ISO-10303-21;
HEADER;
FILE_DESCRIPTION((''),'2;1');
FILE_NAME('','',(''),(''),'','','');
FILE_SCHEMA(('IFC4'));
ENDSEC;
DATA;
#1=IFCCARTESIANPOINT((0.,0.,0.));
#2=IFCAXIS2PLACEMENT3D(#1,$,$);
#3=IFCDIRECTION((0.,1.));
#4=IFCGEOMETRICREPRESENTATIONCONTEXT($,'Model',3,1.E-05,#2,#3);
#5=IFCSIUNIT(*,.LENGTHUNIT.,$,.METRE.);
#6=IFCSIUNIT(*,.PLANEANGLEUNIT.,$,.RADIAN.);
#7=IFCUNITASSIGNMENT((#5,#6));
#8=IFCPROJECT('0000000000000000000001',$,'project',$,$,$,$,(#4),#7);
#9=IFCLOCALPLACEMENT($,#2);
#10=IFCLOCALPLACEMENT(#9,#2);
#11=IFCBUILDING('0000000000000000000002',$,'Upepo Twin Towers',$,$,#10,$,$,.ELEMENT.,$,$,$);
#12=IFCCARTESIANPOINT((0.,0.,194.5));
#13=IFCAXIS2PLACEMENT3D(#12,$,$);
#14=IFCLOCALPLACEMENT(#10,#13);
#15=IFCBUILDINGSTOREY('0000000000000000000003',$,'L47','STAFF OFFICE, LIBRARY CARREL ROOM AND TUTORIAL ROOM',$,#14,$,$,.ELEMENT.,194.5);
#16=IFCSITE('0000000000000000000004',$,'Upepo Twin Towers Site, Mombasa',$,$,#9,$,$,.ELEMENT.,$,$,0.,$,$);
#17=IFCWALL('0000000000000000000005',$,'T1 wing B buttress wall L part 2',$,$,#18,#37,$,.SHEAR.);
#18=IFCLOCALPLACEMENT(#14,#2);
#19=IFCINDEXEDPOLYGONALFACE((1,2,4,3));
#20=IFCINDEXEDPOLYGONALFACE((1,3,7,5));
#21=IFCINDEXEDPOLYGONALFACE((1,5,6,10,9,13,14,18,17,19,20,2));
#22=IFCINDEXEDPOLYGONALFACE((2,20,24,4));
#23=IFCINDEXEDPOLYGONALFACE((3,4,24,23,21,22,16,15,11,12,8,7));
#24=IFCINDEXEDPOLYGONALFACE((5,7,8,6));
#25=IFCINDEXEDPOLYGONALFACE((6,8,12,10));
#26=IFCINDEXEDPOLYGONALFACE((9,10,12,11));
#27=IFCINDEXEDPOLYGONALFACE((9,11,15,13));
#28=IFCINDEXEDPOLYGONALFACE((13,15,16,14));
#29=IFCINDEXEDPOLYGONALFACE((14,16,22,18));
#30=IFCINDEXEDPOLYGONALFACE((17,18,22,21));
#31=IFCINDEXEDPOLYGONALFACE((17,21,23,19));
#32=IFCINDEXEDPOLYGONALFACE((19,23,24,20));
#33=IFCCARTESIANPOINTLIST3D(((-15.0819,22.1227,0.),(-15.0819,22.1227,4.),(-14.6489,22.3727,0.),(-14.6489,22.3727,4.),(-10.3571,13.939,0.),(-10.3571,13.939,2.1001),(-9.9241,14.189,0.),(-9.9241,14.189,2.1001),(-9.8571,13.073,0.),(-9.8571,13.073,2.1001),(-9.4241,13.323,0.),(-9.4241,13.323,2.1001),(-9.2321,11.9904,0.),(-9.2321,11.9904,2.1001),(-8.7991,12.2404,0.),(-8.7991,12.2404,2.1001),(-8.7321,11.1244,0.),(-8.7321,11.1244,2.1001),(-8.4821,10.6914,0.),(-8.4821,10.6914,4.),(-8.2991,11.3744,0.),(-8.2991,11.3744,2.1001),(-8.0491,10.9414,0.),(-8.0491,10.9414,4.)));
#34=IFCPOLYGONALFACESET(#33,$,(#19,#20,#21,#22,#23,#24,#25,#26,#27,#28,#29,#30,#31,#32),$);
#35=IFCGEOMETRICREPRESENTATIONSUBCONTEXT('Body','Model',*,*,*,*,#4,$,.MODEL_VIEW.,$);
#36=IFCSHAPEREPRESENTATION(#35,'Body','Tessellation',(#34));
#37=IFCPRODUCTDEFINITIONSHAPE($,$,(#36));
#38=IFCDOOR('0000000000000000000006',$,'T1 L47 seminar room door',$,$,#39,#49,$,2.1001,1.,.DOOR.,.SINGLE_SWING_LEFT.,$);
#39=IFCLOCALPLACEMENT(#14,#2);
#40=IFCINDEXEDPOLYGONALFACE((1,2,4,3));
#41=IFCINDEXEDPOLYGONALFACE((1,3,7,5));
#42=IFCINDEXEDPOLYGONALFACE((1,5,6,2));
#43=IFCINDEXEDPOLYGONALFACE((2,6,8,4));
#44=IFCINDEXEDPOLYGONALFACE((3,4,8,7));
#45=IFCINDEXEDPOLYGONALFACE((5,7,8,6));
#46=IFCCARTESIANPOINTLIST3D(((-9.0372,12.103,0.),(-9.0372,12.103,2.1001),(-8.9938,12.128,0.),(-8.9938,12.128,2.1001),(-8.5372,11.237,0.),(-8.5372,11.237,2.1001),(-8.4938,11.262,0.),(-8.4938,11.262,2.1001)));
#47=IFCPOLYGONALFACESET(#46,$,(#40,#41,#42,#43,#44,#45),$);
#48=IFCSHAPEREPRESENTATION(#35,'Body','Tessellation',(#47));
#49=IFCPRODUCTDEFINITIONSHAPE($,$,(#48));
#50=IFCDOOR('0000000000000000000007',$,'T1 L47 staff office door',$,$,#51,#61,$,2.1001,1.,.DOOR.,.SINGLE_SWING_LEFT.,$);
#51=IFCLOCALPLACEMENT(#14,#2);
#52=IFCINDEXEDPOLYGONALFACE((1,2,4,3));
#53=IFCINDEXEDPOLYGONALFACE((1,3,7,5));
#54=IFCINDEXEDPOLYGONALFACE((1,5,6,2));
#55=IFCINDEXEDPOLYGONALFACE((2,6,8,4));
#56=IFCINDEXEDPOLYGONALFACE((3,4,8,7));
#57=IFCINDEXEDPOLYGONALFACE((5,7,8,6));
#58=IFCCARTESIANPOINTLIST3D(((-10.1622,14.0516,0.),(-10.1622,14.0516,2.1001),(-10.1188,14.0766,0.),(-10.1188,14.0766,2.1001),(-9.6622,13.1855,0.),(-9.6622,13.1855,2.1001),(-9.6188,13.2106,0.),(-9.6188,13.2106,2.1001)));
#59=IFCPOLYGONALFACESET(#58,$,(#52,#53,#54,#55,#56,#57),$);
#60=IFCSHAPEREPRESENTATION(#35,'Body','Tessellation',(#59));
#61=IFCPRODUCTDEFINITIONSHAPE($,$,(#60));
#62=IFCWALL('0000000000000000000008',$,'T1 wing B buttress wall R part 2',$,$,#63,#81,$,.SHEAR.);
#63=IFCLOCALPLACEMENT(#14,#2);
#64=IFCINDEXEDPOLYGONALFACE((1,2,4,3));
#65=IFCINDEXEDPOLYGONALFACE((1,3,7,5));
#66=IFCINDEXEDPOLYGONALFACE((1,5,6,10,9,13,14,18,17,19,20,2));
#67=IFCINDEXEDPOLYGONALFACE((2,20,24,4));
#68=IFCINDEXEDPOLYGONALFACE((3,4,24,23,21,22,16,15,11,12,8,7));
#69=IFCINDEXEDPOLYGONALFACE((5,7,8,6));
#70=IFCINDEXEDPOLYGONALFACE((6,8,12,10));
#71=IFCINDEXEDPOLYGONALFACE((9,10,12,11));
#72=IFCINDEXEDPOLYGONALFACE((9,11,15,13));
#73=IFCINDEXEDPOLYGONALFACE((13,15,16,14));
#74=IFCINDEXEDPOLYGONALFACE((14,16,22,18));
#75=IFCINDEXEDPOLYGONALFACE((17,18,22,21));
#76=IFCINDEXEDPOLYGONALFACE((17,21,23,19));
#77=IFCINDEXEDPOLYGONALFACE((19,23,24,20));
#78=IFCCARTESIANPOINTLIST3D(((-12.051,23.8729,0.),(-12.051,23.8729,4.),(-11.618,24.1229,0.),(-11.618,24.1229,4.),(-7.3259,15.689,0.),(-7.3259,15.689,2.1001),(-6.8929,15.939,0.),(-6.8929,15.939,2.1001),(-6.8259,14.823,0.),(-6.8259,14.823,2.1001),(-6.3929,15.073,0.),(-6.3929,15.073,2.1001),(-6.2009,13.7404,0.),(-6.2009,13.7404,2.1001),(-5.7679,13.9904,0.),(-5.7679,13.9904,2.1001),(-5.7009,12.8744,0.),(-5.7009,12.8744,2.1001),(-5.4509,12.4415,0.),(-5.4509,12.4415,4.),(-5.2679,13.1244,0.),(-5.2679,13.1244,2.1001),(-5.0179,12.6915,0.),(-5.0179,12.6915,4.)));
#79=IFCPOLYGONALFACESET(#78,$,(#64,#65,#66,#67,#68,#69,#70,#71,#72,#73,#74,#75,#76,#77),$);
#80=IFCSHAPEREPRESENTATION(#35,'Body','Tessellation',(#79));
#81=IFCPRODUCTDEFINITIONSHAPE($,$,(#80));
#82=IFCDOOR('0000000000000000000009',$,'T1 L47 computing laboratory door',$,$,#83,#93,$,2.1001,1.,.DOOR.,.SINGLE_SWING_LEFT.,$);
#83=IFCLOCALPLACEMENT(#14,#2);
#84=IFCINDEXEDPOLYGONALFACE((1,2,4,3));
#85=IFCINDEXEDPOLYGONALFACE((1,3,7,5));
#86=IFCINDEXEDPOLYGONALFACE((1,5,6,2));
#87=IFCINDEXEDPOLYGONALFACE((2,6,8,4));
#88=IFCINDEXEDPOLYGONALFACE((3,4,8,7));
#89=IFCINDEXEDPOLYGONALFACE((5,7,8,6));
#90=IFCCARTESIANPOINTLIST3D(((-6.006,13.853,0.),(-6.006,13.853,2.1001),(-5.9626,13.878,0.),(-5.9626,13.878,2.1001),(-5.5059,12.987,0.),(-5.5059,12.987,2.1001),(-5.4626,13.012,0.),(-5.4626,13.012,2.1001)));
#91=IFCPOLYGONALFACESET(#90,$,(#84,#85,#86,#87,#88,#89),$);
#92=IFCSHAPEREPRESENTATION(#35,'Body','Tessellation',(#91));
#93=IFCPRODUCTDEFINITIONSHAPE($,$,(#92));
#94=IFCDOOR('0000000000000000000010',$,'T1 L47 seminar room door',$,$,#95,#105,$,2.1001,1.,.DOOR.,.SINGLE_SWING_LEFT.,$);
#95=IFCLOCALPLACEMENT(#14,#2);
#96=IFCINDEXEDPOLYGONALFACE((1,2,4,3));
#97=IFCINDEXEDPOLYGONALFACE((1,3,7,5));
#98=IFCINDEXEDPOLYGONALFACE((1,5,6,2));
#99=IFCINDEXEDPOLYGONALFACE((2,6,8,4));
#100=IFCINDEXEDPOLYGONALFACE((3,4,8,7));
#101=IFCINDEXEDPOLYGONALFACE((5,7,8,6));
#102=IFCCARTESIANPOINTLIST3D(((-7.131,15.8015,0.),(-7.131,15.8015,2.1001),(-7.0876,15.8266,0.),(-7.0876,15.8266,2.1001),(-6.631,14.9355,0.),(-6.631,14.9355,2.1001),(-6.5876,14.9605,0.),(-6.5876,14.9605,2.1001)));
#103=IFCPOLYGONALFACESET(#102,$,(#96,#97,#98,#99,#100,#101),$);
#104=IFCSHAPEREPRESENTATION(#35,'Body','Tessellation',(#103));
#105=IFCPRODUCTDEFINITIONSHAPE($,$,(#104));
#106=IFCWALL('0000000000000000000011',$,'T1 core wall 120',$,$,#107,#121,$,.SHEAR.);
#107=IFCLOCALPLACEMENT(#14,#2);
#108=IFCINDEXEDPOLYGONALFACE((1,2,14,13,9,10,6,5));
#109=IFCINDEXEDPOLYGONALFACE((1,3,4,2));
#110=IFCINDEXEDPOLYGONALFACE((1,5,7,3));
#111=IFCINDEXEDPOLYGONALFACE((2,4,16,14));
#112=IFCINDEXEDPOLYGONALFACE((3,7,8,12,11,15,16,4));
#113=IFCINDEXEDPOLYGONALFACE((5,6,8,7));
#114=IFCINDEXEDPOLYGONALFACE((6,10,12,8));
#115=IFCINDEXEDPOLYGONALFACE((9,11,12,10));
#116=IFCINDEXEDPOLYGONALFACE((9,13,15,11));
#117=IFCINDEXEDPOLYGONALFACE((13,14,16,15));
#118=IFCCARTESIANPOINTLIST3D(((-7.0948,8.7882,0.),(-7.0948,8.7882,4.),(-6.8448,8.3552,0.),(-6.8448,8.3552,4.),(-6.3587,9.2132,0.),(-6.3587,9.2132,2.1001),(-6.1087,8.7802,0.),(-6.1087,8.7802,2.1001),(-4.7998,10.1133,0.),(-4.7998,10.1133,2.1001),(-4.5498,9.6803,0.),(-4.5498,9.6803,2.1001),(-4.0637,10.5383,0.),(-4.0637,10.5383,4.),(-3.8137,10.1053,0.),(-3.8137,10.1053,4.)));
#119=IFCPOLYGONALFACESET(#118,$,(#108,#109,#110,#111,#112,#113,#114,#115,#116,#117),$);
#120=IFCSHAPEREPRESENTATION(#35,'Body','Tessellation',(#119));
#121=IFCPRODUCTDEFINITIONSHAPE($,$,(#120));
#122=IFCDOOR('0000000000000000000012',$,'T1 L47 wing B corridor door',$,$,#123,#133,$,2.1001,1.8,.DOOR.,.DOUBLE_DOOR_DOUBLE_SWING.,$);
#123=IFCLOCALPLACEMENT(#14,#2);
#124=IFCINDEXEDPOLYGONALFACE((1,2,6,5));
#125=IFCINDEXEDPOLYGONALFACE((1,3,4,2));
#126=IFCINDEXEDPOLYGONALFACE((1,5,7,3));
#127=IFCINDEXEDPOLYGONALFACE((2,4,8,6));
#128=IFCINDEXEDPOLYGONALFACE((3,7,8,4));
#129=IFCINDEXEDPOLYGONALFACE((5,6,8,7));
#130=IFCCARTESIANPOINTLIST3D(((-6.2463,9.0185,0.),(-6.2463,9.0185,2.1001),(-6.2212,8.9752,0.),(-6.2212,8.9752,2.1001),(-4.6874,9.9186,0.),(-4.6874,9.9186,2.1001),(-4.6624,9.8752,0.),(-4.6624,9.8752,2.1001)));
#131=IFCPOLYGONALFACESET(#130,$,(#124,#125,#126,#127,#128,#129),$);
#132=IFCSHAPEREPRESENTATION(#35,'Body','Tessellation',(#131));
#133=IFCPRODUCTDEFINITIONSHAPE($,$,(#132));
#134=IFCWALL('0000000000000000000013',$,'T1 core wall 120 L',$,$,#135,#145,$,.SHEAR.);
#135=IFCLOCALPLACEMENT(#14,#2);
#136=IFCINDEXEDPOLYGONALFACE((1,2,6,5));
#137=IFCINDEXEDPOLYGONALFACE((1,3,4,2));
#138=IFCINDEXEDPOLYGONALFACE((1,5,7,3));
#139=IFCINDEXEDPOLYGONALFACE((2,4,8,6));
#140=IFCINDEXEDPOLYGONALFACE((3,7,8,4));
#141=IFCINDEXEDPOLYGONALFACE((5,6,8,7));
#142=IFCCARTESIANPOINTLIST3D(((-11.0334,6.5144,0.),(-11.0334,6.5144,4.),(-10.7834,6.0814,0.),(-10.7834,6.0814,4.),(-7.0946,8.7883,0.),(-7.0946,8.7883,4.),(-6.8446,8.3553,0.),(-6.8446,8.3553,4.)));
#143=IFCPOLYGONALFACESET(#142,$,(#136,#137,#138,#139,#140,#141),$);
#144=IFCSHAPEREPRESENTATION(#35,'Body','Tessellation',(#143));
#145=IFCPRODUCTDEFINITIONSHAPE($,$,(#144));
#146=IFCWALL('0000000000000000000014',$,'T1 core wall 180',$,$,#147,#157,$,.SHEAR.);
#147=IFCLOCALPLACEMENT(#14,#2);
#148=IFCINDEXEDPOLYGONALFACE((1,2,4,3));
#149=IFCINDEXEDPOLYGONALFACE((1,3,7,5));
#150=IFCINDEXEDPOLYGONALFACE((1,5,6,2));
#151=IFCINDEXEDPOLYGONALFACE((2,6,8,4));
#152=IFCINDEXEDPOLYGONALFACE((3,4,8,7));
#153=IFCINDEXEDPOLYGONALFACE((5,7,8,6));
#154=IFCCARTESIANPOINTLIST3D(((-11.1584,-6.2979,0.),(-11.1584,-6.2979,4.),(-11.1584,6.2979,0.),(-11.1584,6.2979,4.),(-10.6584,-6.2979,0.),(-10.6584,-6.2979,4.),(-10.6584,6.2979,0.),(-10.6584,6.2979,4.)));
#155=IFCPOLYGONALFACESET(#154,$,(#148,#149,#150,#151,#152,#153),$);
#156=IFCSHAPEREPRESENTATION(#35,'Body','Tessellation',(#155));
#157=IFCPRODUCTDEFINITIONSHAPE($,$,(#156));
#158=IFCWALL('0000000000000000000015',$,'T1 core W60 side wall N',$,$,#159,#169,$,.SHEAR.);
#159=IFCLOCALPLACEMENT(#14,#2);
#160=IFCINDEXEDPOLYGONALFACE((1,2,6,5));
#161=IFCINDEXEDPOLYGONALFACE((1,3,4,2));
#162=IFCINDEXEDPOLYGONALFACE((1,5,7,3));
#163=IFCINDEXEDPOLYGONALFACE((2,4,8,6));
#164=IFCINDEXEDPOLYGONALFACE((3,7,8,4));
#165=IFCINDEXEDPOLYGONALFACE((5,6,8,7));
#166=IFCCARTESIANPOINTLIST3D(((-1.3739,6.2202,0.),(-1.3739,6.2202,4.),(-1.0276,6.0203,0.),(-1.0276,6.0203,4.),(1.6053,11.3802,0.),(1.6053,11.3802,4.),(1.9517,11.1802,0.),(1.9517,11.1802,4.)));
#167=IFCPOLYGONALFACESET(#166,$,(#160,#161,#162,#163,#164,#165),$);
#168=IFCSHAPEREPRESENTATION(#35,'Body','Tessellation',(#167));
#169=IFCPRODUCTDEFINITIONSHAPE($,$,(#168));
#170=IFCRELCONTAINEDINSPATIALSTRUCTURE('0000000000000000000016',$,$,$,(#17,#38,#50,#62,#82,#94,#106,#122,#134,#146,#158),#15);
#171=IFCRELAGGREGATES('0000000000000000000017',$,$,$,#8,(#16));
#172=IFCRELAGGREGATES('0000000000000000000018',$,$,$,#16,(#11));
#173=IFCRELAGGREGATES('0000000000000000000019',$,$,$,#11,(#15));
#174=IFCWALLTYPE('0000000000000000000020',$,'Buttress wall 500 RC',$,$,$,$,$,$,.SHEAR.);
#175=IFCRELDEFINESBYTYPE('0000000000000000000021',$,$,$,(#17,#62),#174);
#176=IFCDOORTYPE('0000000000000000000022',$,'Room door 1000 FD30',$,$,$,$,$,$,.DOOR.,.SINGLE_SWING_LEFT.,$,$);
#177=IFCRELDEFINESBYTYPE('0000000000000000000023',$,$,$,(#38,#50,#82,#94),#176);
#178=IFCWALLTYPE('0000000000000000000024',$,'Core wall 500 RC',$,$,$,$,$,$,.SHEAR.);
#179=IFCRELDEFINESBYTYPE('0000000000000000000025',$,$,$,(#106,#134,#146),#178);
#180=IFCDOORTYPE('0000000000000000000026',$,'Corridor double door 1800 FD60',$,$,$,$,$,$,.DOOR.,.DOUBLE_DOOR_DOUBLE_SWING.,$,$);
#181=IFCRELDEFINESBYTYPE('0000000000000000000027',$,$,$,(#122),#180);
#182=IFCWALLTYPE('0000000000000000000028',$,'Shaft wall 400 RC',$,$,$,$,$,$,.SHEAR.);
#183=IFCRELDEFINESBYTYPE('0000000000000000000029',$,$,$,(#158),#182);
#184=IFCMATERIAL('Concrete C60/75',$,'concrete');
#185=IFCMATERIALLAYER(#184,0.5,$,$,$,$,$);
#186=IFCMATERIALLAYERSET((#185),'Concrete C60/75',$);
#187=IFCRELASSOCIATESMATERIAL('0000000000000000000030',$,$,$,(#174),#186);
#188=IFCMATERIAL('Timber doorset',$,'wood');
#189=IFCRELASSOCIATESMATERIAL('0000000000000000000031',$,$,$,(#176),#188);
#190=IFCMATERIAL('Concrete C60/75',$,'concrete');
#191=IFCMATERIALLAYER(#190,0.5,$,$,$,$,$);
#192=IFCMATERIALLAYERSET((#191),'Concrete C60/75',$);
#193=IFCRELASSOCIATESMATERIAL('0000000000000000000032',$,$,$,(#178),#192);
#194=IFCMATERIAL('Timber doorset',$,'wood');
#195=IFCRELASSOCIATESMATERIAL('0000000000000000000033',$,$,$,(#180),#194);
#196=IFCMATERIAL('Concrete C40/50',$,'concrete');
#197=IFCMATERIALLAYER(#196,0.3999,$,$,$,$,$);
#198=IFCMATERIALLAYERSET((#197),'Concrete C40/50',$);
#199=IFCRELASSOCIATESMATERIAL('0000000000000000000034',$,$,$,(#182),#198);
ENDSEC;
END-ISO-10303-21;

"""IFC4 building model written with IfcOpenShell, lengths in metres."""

from ifc_helpers import new_model, si_unit, direction, frame, frame_2d, origin, place, context, subcontext, project, spatial, rectangle, extrude, material, layer, layer_set, type_object, element, fill, save


model = new_model("IFC4")

# Units and contexts
model_context = context("Model", 3, precision=1e-05, world=origin(), true_north=direction((0.0, 1.0)))
body_context = subcontext(model_context, "Body", "Model", "MODEL_VIEW")
ifc_project = project(units=[si_unit("LENGTHUNIT", "METRE"), si_unit("PLANEANGLEUNIT", "RADIAN")], contexts=[model_context])

# Site, building, storey
site_placement = place(None, origin())
site = spatial("IfcSite", under=ifc_project, at=site_placement, Name="Upepo Twin Towers Site, Mombasa", CompositionType="ELEMENT", RefElevation=0.0)
building_placement = place(site_placement, origin())
building = spatial("IfcBuilding", under=site, at=building_placement, Name="Upepo Twin Towers", CompositionType="ELEMENT")
storey_placement = place(building_placement, frame((0.0, 0.0, 194.5)))
storey = spatial("IfcBuildingStorey", under=building, at=storey_placement, Name="L47", Description="STAFF OFFICE, LIBRARY CARREL ROOM AND TUTORIAL ROOM", CompositionType="ELEMENT", Elevation=194.5)

# Walls, openings, doors
ifc_material_1 = material(Name="Concrete C60/75", Category="concrete")
ifc_layer_1 = layer(ifc_material_1, 0.5)
ifc_layer_set_1 = layer_set([ifc_layer_1], Name="Concrete C60/75")
wall_type_1 = type_object("IfcWallType", Name="Buttress wall 500 RC", PredefinedType="SHEAR", material=ifc_layer_set_1)
wall_1_placement = place(storey_placement, frame((-8.2656, 10.8164, 0.0), z_axis=(0.0, 0.0, 1.0), x_axis=(-0.499996, 0.866028, 0.0)))
wall_1 = element("IfcWall", 1, at=wall_1_placement, inside=storey, type_object=wall_type_1, Name="T1 wing B buttress wall L part 2", PredefinedType="SHEAR", context=body_context, shape_type="SweptSolid", body=[
    extrude(rectangle(XDim=13.1997, YDim=0.5, at=frame_2d((6.5999, 0.0))), origin(), (0.0, 0.0, 1.0), 4.0),
])
opening_1_placement = place(wall_1_placement, frame((0.5, 0.0, 0.0)))
opening_1 = element("IfcOpeningElement", 2, at=opening_1_placement, cuts=wall_1, PredefinedType="OPENING", context=body_context, shape_type="SweptSolid", body=[
    extrude(rectangle(XDim=1.0, YDim=2.1001, at=frame_2d((0.5, 1.05))), frame((0.0, 0.26, 0.0), z_axis=(0.0, -1.0, 0.0), x_axis=(1.0, 0.0, 0.0)), (0.0, 0.0, 1.0), 0.52),
])
opening_2_placement = place(wall_1_placement, frame((2.75, 0.0, 0.0)))
opening_2 = element("IfcOpeningElement", 3, at=opening_2_placement, cuts=wall_1, PredefinedType="OPENING", context=body_context, shape_type="SweptSolid", body=[
    extrude(rectangle(XDim=1.0, YDim=2.1001, at=frame_2d((0.5, 1.05))), frame((0.0, 0.26, 0.0), z_axis=(0.0, -1.0, 0.0), x_axis=(1.0, 0.0, 0.0)), (0.0, 0.0, 1.0), 0.52),
])
ifc_material_2 = material(Name="Timber doorset", Category="wood")
door_type_1 = type_object("IfcDoorType", Name="Room door 1000 FD30", OperationType="SINGLE_SWING_LEFT", PredefinedType="DOOR", material=ifc_material_2)
door_1_placement = place(opening_1_placement, origin())
door_1 = element("IfcDoor", 4, at=door_1_placement, inside=storey, type_object=door_type_1, Name="T1 L47 seminar room door", OperationType="SINGLE_SWING_LEFT", OverallHeight=2.1001, OverallWidth=1.0, PredefinedType="DOOR", context=body_context, shape_type="SweptSolid", body=[
    extrude(rectangle(XDim=1.0, YDim=2.1001, at=frame_2d((0.5, 1.05))), frame((0.0, 0.0249, 0.0), z_axis=(0.0, -1.0, 0.0), x_axis=(1.0, 0.0, 0.0)), (0.0, 0.0, 1.0), 0.05),
])
fill(opening_1, door_1)
door_2_placement = place(opening_2_placement, origin())
door_2 = element("IfcDoor", 5, at=door_2_placement, inside=storey, type_object=door_type_1, Name="T1 L47 staff office door", OperationType="SINGLE_SWING_LEFT", OverallHeight=2.1001, OverallWidth=1.0, PredefinedType="DOOR", context=body_context, shape_type="SweptSolid", body=[
    extrude(rectangle(XDim=1.0, YDim=2.1001, at=frame_2d((0.5, 1.05))), frame((0.0, 0.0249, 0.0), z_axis=(0.0, -1.0, 0.0), x_axis=(1.0, 0.0, 0.0)), (0.0, 0.0, 1.0), 0.05),
])
fill(opening_2, door_2)
wall_2_placement = place(storey_placement, frame((-5.2344, 12.5664, 0.0), z_axis=(0.0, 0.0, 1.0), x_axis=(-0.50001, 0.86602, 0.0)))
wall_2 = element("IfcWall", 6, at=wall_2_placement, inside=storey, type_object=wall_type_1, Name="T1 wing B buttress wall R part 2", PredefinedType="SHEAR", context=body_context, shape_type="SweptSolid", body=[
    extrude(rectangle(XDim=13.2, YDim=0.5, at=frame_2d((6.6001, 0.0))), origin(), (0.0, 0.0, 1.0), 4.0),
])
opening_3_placement = place(wall_2_placement, frame((0.5, 0.0, 0.0)))
opening_3 = element("IfcOpeningElement", 7, at=opening_3_placement, cuts=wall_2, PredefinedType="OPENING", context=body_context, shape_type="SweptSolid", body=[
    extrude(rectangle(XDim=1.0, YDim=2.1001, at=frame_2d((0.5, 1.05))), frame((0.0, 0.26, 0.0), z_axis=(0.0, -1.0, 0.0), x_axis=(1.0, 0.0, 0.0)), (0.0, 0.0, 1.0), 0.52),
])
opening_4_placement = place(wall_2_placement, frame((2.75, 0.0, 0.0)))
opening_4 = element("IfcOpeningElement", 8, at=opening_4_placement, cuts=wall_2, PredefinedType="OPENING", context=body_context, shape_type="SweptSolid", body=[
    extrude(rectangle(XDim=1.0, YDim=2.1001, at=frame_2d((0.5, 1.05))), frame((0.0, 0.26, 0.0), z_axis=(0.0, -1.0, 0.0), x_axis=(1.0, 0.0, 0.0)), (0.0, 0.0, 1.0), 0.52),
])
door_3_placement = place(opening_3_placement, origin())
door_3 = element("IfcDoor", 9, at=door_3_placement, inside=storey, type_object=door_type_1, Name="T1 L47 computing laboratory door", OperationType="SINGLE_SWING_LEFT", OverallHeight=2.1001, OverallWidth=1.0, PredefinedType="DOOR", context=body_context, shape_type="SweptSolid", body=[
    extrude(rectangle(XDim=1.0, YDim=2.1001, at=frame_2d((0.5, 1.05))), frame((0.0, 0.0249, 0.0), z_axis=(0.0, -1.0, 0.0), x_axis=(1.0, 0.0, 0.0)), (0.0, 0.0, 1.0), 0.05),
])
fill(opening_3, door_3)
door_4_placement = place(opening_4_placement, origin())
door_4 = element("IfcDoor", 10, at=door_4_placement, inside=storey, type_object=door_type_1, Name="T1 L47 seminar room door", OperationType="SINGLE_SWING_LEFT", OverallHeight=2.1001, OverallWidth=1.0, PredefinedType="DOOR", context=body_context, shape_type="SweptSolid", body=[
    extrude(rectangle(XDim=1.0, YDim=2.1001, at=frame_2d((0.5, 1.05))), frame((0.0, 0.0249, 0.0), z_axis=(0.0, -1.0, 0.0), x_axis=(1.0, 0.0, 0.0)), (0.0, 0.0, 1.0), 0.05),
])
fill(opening_4, door_4)

# Wall, opening, door
ifc_material_3 = material(Name="Concrete C60/75", Category="concrete")
ifc_layer_2 = layer(ifc_material_3, 0.5)
ifc_layer_set_2 = layer_set([ifc_layer_2], Name="Concrete C60/75")
wall_type_2 = type_object("IfcWallType", Name="Core wall 500 RC", PredefinedType="SHEAR", material=ifc_layer_set_2)
wall_3_placement = place(storey_placement, frame((-3.9387, 10.3218, 0.0), z_axis=(0.0, 0.0, 1.0), x_axis=(-0.866019, -0.50001, 0.0)))
wall_3 = element("IfcWall", 11, at=wall_3_placement, inside=storey, type_object=wall_type_2, Name="T1 core wall 120", PredefinedType="SHEAR", context=body_context, shape_type="SweptSolid", body=[
    extrude(rectangle(XDim=3.5, YDim=0.5, at=frame_2d((1.75, 0.0))), origin(), (0.0, 0.0, 1.0), 4.0),
])
opening_5_placement = place(wall_3_placement, frame((0.8501, 0.0, 0.0)))
opening_5 = element("IfcOpeningElement", 12, at=opening_5_placement, cuts=wall_3, PredefinedType="OPENING", context=body_context, shape_type="SweptSolid", body=[
    extrude(rectangle(XDim=1.8, YDim=2.1001, at=frame_2d((0.8999, 1.05))), frame((0.0, 0.26, 0.0), z_axis=(0.0, -1.0, 0.0), x_axis=(1.0, 0.0, 0.0)), (0.0, 0.0, 1.0), 0.52),
])
ifc_material_4 = material(Name="Timber doorset", Category="wood")
door_type_2 = type_object("IfcDoorType", Name="Corridor double door 1800 FD60", OperationType="DOUBLE_DOOR_DOUBLE_SWING", PredefinedType="DOOR", material=ifc_material_4)
door_5_placement = place(opening_5_placement, origin())
door_5 = element("IfcDoor", 13, at=door_5_placement, inside=storey, type_object=door_type_2, Name="T1 L47 wing B corridor door", OperationType="DOUBLE_DOOR_DOUBLE_SWING", OverallHeight=2.1001, OverallWidth=1.8, PredefinedType="DOOR", context=body_context, shape_type="SweptSolid", body=[
    extrude(rectangle(XDim=1.8, YDim=2.1001, at=frame_2d((0.8999, 1.05))), frame((0.0, 0.0249, 0.0), z_axis=(0.0, -1.0, 0.0), x_axis=(1.0, 0.0, 0.0)), (0.0, 0.0, 1.0), 0.05),
])
fill(opening_5, door_5)

# Walls
wall_4_placement = place(storey_placement, frame((-6.9697, 8.5718, 0.0), z_axis=(0.0, 0.0, 1.0), x_axis=(-0.866035, -0.499984, 0.0)))
element("IfcWall", 14, at=wall_4_placement, inside=storey, type_object=wall_type_2, Name="T1 core wall 120 L", PredefinedType="SHEAR", context=body_context, shape_type="SweptSolid", body=[
    extrude(rectangle(XDim=4.5481, YDim=0.5, at=frame_2d((2.2739, 0.0))), origin(), (0.0, 0.0, 1.0), 4.0),
])
wall_5_placement = place(storey_placement, frame((-10.9084, 6.2979, 0.0), z_axis=(0.0, 0.0, 1.0), x_axis=(0.0, -1.0, 0.0)))
element("IfcWall", 15, at=wall_5_placement, inside=storey, type_object=wall_type_2, Name="T1 core wall 180", PredefinedType="SHEAR", context=body_context, shape_type="SweptSolid", body=[
    extrude(rectangle(XDim=12.5957, YDim=0.5, at=frame_2d((6.2979, 0.0))), origin(), (0.0, 0.0, 1.0), 4.0),
])
ifc_material_5 = material(Name="Concrete C40/50", Category="concrete")
ifc_layer_3 = layer(ifc_material_5, 0.3999)
ifc_layer_set_3 = layer_set([ifc_layer_3], Name="Concrete C40/50")
wall_type_3 = type_object("IfcWallType", Name="Shaft wall 400 RC", PredefinedType="SHEAR", material=ifc_layer_set_3)
wall_6_placement = place(storey_placement, frame((-1.2007, 6.1204, 0.0), z_axis=(0.0, 0.0, 1.0), x_axis=(0.500022, 0.866013, 0.0)))
element("IfcWall", 16, at=wall_6_placement, inside=storey, type_object=wall_type_3, Name="T1 core W60 side wall N", PredefinedType="SHEAR", context=body_context, shape_type="SweptSolid", body=[
    extrude(rectangle(XDim=5.9583, YDim=0.3999, at=frame_2d((2.979, 0.0))), origin(), (0.0, 0.0, 1.0), 4.0),
])

save(model, "model.ifc")
